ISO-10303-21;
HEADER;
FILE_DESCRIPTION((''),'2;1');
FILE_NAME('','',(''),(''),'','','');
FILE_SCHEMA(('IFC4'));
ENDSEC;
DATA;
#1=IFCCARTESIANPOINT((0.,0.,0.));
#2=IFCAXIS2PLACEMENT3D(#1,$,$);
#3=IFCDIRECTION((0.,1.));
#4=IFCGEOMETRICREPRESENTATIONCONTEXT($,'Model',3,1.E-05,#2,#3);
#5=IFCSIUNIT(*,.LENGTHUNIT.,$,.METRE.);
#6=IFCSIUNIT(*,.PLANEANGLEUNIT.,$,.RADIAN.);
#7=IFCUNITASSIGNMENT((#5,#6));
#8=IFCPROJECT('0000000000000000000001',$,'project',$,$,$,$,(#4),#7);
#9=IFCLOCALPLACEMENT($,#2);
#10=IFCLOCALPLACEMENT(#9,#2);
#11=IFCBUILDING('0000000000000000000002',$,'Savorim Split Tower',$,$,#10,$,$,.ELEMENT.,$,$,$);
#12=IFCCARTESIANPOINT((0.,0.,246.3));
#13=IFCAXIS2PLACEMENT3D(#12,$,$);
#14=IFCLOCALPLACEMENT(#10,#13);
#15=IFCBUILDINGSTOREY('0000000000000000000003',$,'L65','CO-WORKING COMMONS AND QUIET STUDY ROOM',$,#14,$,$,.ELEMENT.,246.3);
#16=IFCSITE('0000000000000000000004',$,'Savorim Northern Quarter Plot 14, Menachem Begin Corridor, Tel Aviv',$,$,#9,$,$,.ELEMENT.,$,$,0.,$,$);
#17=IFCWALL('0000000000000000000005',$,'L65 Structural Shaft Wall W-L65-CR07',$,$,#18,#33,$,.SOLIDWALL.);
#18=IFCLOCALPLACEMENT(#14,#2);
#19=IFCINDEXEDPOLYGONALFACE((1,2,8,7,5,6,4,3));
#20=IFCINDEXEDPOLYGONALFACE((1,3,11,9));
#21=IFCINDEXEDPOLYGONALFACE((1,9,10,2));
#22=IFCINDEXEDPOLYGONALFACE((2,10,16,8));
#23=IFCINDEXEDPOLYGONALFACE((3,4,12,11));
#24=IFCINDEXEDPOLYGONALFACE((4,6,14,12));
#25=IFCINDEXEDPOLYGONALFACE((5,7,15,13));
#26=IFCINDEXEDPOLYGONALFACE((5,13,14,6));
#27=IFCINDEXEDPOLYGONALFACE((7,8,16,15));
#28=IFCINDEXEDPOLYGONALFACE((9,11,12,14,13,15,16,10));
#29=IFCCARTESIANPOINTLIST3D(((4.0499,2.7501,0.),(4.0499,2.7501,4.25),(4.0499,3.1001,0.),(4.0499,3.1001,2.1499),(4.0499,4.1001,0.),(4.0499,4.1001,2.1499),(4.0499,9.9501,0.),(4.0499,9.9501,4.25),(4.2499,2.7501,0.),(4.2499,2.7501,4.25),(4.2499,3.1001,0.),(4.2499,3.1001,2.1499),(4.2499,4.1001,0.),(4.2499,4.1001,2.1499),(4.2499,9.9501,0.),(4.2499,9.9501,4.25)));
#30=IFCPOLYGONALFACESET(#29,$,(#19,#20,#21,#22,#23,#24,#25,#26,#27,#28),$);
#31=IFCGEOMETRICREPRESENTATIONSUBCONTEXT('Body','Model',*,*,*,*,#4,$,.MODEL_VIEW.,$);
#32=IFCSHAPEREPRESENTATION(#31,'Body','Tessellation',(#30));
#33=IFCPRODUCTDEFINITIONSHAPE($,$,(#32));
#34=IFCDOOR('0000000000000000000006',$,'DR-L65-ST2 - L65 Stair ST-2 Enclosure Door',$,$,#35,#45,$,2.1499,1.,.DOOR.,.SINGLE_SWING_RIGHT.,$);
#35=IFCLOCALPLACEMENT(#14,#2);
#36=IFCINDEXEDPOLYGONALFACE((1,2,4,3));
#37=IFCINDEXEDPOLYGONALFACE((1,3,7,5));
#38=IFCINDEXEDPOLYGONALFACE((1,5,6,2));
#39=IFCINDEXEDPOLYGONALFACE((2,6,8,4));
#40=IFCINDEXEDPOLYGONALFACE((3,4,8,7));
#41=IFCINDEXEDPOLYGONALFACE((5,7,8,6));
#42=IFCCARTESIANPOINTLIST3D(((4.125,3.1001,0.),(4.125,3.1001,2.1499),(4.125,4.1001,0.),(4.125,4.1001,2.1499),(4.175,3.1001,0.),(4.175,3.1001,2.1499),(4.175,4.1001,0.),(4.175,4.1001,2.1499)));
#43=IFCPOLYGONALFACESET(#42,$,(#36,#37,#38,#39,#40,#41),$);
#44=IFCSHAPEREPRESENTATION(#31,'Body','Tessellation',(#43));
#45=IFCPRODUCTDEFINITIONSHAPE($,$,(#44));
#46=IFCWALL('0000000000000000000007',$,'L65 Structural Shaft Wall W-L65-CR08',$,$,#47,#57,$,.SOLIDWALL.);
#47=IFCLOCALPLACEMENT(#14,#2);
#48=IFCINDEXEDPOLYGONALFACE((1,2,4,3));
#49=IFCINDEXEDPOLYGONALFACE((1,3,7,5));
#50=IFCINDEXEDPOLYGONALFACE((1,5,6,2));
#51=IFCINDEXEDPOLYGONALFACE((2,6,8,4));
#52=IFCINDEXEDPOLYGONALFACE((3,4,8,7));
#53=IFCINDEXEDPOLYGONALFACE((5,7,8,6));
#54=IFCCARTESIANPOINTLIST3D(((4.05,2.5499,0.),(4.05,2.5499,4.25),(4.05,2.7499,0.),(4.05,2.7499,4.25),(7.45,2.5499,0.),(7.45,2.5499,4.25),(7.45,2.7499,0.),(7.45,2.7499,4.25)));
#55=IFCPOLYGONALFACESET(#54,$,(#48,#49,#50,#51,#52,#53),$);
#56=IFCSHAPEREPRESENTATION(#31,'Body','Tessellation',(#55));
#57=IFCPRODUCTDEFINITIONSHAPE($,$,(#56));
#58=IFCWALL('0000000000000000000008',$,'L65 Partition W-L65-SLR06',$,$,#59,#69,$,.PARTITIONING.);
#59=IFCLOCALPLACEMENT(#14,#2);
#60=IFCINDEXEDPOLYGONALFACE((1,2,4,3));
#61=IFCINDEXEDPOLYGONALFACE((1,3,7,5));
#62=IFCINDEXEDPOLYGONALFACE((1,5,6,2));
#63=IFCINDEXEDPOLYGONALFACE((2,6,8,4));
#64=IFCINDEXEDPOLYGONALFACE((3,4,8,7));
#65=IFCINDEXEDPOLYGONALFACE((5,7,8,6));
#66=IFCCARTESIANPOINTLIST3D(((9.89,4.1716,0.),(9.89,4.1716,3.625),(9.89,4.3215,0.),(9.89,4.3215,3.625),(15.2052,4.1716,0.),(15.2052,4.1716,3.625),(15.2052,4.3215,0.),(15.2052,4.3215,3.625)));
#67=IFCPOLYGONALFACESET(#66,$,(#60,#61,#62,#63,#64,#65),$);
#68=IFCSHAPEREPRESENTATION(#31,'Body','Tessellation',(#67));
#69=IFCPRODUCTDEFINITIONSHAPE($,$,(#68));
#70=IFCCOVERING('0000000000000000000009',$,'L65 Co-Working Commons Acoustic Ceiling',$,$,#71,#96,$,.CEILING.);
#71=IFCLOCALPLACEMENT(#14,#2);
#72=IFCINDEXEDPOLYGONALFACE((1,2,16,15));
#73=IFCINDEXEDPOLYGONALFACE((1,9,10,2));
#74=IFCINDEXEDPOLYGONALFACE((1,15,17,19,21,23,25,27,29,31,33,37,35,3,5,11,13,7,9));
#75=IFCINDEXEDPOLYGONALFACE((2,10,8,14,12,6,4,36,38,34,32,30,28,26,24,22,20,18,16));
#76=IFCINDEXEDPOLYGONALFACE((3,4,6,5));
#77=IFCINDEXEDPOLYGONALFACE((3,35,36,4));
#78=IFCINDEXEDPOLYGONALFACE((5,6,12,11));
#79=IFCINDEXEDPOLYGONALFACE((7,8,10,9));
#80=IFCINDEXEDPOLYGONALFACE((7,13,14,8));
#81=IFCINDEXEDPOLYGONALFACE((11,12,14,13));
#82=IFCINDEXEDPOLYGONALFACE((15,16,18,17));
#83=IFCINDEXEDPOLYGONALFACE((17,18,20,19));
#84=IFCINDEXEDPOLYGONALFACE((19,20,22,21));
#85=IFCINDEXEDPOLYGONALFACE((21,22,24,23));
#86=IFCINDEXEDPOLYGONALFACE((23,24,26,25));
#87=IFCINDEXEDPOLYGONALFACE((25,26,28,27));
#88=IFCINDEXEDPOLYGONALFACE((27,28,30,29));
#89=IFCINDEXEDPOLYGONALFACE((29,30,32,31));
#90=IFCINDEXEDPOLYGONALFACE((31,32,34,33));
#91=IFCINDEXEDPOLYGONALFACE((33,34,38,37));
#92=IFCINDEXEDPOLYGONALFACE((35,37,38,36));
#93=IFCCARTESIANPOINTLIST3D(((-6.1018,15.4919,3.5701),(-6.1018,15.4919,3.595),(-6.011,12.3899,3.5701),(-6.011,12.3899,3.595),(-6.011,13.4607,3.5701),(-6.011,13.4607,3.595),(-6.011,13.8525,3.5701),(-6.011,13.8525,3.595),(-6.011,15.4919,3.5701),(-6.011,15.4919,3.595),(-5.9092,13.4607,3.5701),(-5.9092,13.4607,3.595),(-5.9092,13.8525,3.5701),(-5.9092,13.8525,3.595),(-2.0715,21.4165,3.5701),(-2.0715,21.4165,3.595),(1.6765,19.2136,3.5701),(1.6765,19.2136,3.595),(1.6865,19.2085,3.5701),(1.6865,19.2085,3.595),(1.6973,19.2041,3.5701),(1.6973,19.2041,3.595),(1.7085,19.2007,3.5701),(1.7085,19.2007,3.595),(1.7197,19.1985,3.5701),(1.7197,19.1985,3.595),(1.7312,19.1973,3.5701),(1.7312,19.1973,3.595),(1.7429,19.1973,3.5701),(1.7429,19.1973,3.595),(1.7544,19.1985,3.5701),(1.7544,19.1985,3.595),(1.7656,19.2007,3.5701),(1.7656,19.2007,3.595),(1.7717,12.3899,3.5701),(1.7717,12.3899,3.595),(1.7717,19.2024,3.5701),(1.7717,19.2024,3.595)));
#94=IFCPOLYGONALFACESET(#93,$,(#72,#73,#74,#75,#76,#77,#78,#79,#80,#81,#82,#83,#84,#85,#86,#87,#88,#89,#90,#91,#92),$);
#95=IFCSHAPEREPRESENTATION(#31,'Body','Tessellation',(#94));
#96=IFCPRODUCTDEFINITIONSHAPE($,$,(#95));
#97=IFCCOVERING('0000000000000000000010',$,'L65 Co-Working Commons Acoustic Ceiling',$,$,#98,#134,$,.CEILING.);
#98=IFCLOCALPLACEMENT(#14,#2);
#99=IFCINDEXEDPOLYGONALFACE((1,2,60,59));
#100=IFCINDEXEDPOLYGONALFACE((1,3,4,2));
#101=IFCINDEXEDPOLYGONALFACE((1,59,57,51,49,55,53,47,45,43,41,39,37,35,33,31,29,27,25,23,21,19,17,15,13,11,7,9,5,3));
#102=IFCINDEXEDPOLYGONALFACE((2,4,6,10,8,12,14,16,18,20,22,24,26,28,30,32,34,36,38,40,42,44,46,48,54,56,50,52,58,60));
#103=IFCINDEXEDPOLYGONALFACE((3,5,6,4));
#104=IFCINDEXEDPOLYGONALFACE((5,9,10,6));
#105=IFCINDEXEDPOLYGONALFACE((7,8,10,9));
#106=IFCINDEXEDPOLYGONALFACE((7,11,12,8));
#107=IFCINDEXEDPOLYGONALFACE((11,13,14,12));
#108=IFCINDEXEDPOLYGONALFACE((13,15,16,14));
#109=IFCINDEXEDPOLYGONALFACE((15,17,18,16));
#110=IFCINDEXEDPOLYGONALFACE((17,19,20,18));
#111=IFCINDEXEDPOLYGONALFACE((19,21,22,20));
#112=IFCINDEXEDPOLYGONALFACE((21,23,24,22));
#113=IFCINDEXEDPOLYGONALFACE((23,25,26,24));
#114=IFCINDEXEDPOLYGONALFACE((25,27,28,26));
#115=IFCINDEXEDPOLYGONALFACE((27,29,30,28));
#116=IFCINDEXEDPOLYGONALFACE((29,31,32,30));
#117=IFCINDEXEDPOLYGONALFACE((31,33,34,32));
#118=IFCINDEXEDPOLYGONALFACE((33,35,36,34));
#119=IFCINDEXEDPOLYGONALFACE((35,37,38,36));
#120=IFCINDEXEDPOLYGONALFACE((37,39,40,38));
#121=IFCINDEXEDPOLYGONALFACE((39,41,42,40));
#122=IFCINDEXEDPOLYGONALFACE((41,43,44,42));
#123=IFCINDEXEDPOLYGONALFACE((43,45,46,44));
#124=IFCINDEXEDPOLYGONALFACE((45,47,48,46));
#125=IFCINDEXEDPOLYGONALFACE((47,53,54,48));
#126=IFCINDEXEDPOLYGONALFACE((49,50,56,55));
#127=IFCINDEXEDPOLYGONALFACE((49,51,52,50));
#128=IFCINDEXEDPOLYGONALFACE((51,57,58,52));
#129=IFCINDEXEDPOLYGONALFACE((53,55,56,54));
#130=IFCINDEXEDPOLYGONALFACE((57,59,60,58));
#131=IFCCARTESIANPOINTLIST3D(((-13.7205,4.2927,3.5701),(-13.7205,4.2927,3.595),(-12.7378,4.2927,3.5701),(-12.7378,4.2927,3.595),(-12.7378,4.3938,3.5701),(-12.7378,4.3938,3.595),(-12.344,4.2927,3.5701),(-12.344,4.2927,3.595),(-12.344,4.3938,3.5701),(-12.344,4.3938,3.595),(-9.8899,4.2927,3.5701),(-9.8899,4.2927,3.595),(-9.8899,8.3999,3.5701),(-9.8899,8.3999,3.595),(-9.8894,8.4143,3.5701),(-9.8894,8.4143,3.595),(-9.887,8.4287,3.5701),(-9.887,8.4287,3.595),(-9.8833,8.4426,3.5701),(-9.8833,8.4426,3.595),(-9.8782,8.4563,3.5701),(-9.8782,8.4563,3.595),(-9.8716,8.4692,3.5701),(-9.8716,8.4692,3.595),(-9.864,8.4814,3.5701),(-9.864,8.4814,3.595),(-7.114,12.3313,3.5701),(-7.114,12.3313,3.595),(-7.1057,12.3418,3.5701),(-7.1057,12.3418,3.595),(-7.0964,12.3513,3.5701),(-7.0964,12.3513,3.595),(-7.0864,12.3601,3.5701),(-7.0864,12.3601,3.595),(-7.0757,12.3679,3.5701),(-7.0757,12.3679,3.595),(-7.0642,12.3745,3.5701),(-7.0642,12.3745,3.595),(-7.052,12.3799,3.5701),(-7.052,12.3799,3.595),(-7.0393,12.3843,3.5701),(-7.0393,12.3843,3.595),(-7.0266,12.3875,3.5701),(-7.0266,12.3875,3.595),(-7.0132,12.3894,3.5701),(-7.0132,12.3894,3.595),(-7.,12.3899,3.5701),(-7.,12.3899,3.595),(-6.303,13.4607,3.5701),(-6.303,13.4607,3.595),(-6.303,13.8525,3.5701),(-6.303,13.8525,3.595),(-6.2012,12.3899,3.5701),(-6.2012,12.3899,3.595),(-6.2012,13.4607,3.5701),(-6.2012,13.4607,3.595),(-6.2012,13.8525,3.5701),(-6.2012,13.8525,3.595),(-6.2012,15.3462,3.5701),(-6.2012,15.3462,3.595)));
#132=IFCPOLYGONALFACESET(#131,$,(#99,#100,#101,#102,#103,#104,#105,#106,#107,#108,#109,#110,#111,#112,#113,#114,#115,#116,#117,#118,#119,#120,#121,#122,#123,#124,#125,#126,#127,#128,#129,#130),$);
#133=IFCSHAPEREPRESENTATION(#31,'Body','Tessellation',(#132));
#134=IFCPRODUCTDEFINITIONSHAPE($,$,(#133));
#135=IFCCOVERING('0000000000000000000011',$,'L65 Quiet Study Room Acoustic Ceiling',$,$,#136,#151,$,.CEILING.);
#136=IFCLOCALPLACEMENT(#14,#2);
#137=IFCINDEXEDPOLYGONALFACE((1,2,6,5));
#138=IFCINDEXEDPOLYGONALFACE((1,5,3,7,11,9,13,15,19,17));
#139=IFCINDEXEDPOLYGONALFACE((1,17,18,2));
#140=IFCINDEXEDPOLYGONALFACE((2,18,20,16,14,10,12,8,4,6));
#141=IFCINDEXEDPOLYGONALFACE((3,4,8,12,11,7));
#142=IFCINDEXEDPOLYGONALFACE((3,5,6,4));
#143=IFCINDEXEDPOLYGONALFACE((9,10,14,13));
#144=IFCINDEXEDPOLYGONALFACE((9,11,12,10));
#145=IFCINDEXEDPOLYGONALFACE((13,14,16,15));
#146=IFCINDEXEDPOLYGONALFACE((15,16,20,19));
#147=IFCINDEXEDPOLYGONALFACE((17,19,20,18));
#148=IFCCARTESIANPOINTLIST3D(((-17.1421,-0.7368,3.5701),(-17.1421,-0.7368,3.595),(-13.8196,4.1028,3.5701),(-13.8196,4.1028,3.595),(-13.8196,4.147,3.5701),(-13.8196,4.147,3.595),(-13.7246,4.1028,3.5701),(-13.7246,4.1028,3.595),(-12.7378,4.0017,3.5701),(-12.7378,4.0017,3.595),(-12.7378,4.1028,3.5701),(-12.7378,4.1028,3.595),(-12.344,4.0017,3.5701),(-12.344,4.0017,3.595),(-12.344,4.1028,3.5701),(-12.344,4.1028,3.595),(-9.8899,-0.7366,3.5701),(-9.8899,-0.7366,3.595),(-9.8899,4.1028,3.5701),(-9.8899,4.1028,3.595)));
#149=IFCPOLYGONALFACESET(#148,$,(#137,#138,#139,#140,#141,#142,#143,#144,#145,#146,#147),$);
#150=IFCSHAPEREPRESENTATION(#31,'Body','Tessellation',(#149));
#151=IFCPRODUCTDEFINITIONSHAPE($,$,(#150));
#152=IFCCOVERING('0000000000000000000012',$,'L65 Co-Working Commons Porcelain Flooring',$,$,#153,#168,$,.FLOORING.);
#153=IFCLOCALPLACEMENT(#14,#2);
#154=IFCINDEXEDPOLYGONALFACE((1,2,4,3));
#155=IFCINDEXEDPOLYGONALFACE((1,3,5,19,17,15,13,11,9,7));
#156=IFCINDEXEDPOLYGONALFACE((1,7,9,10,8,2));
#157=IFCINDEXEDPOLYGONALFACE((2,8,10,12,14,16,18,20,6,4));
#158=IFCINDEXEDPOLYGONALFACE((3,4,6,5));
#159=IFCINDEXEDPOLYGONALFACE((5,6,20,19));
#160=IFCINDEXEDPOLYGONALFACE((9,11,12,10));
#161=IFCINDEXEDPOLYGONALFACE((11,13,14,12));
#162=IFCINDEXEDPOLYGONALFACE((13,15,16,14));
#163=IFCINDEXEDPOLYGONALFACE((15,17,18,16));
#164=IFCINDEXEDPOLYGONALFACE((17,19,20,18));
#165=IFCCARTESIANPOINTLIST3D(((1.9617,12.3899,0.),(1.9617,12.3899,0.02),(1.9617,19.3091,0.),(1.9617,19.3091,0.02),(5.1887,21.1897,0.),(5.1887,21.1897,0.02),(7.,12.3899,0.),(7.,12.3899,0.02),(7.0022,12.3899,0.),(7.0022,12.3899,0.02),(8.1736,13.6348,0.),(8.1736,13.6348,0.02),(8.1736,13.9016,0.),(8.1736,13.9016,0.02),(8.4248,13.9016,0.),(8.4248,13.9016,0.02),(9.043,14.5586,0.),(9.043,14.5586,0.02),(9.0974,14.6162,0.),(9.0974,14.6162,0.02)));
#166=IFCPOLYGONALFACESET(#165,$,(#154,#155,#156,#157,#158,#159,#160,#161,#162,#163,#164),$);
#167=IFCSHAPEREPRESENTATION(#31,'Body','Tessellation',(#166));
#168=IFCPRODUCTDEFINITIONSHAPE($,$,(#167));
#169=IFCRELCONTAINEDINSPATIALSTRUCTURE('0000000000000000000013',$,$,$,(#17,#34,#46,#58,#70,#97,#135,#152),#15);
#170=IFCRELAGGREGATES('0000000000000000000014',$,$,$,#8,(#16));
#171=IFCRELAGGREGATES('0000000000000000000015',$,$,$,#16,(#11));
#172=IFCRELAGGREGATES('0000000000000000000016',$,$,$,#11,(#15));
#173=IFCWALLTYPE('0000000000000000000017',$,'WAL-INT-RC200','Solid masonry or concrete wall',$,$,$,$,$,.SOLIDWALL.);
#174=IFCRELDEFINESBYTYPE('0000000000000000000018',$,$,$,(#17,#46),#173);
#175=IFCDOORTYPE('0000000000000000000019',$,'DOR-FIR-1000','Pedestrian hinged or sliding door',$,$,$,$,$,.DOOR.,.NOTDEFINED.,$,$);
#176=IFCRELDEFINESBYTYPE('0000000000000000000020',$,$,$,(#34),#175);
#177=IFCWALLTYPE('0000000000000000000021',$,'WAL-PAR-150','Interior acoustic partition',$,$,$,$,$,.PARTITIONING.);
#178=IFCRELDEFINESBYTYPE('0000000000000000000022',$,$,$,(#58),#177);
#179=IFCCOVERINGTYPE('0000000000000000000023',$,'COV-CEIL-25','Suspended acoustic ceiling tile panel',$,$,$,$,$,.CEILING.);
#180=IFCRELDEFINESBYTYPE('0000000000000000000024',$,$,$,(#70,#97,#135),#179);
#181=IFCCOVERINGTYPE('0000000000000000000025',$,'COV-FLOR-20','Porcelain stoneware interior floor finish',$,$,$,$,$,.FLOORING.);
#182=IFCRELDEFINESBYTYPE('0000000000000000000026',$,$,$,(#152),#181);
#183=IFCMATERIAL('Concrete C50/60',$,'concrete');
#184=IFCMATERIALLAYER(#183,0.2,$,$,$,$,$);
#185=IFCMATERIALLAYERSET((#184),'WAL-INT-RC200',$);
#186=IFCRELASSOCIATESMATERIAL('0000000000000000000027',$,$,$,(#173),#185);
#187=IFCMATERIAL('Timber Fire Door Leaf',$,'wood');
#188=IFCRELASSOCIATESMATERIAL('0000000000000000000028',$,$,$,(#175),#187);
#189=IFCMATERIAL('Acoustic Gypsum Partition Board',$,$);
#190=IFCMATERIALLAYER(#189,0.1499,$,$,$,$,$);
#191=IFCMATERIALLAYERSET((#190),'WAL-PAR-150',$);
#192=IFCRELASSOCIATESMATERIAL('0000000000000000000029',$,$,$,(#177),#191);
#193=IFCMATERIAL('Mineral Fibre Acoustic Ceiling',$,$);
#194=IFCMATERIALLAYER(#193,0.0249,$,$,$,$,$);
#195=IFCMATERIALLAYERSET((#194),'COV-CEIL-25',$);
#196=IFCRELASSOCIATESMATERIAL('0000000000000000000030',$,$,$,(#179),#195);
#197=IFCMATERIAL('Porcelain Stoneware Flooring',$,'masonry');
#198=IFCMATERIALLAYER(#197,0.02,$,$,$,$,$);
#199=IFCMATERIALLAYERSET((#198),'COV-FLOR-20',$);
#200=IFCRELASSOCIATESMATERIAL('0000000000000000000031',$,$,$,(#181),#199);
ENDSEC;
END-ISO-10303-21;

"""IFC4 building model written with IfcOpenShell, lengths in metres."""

from ifc_helpers import new_model, si_unit, direction, frame, frame_2d, origin, place, context, subcontext, project, spatial, polyline, rectangle, outline, extrude, material, layer, layer_set, type_object, element, fill, save


model = new_model("IFC4")

# Units and contexts
model_context = context("Model", 3, precision=1e-05, world=origin(), true_north=direction((0.0, 1.0)))
body_context = subcontext(model_context, "Body", "Model", "MODEL_VIEW")
ifc_project = project(units=[si_unit("LENGTHUNIT", "METRE"), si_unit("PLANEANGLEUNIT", "RADIAN")], contexts=[model_context])

# Site, building, storey
site_placement = place(None, origin())
site = spatial("IfcSite", under=ifc_project, at=site_placement, Name="Savorim Northern Quarter Plot 14, Menachem Begin Corridor, Tel Aviv", CompositionType="ELEMENT", RefElevation=0.0)
building_placement = place(site_placement, origin())
building = spatial("IfcBuilding", under=site, at=building_placement, Name="Savorim Split Tower", CompositionType="ELEMENT")
storey_placement = place(building_placement, frame((0.0, 0.0, 246.3)))
storey = spatial("IfcBuildingStorey", under=building, at=storey_placement, Name="L65", Description="CO-WORKING COMMONS AND QUIET STUDY ROOM", CompositionType="ELEMENT", Elevation=246.3)

# Wall, opening, door
ifc_material_1 = material(Name="Concrete C50/60", Category="concrete")
ifc_layer_1 = layer(ifc_material_1, 0.2)
ifc_layer_set_1 = layer_set([ifc_layer_1], Name="WAL-INT-RC200")
wall_type_1 = type_object("IfcWallType", Name="WAL-INT-RC200", Description="Solid masonry or concrete wall", PredefinedType="SOLIDWALL", material=ifc_layer_set_1)
wall_1_placement = place(storey_placement, frame((4.1499, 2.75, 0.0), z_axis=(0.0, 0.0, 1.0), x_axis=(0.0, 1.0, 0.0)))
wall_1 = element("IfcWall", 1, at=wall_1_placement, inside=storey, type_object=wall_type_1, Name="L65 Structural Shaft Wall W-L65-CR07", PredefinedType="SOLIDWALL", context=body_context, shape_type="SweptSolid", body=[
    extrude(rectangle(XDim=7.2, YDim=0.2, at=frame_2d((3.6001, 0.0))), origin(), (0.0, 0.0, 1.0), 4.25),
])
opening_1_placement = place(wall_1_placement, frame((0.3501, 0.0, 0.0)))
opening_1 = element("IfcOpeningElement", 2, at=opening_1_placement, cuts=wall_1, PredefinedType="OPENING", context=body_context, shape_type="SweptSolid", body=[
    extrude(rectangle(XDim=1.0, YDim=2.1499, at=frame_2d((0.5, 1.075))), frame((0.0, 0.1099, 0.0), z_axis=(0.0, -1.0, 0.0), x_axis=(1.0, 0.0, 0.0)), (0.0, 0.0, 1.0), 0.22),
])
ifc_material_2 = material(Name="Timber Fire Door Leaf", Category="wood")
door_type_1 = type_object("IfcDoorType", Name="DOR-FIR-1000", Description="Pedestrian hinged or sliding door", OperationType="NOTDEFINED", PredefinedType="DOOR", material=ifc_material_2)
door_1_placement = place(opening_1_placement, origin())
door_1 = element("IfcDoor", 3, at=door_1_placement, inside=storey, type_object=door_type_1, Name="DR-L65-ST2 - L65 Stair ST-2 Enclosure Door", OperationType="SINGLE_SWING_RIGHT", OverallHeight=2.1499, OverallWidth=1.0, PredefinedType="DOOR", context=body_context, shape_type="SweptSolid", body=[
    extrude(rectangle(XDim=1.0, YDim=2.1499, at=frame_2d((0.5, 1.075))), frame((0.0, 0.0249, 0.0), z_axis=(0.0, -1.0, 0.0), x_axis=(1.0, 0.0, 0.0)), (0.0, 0.0, 1.0), 0.05),
])
fill(opening_1, door_1)

# Wall
wall_2_placement = place(storey_placement, frame((4.05, 2.6499, 0.0), z_axis=(0.0, 0.0, 1.0), x_axis=(1.0, 0.0, 0.0)))
element("IfcWall", 4, at=wall_2_placement, inside=storey, type_object=wall_type_1, Name="L65 Structural Shaft Wall W-L65-CR08", PredefinedType="SOLIDWALL", context=body_context, shape_type="SweptSolid", body=[
    extrude(rectangle(XDim=3.3999, YDim=0.2, at=frame_2d((1.7, 0.0))), origin(), (0.0, 0.0, 1.0), 4.25),
])

# Wall
ifc_material_3 = material(Name="Acoustic Gypsum Partition Board")
ifc_layer_2 = layer(ifc_material_3, 0.1499)
ifc_layer_set_2 = layer_set([ifc_layer_2], Name="WAL-PAR-150")
wall_type_2 = type_object("IfcWallType", Name="WAL-PAR-150", Description="Interior acoustic partition", PredefinedType="PARTITIONING", material=ifc_layer_set_2)
wall_3_placement = place(storey_placement, frame((9.8899, 4.2466, 0.0), z_axis=(0.0, 0.0, 1.0), x_axis=(1.0, 0.0, 0.0)))
element("IfcWall", 5, at=wall_3_placement, inside=storey, type_object=wall_type_2, Name="L65 Partition W-L65-SLR06", PredefinedType="PARTITIONING", context=body_context, shape_type="SweptSolid", body=[
    extrude(rectangle(XDim=5.3152, YDim=0.1499, at=frame_2d((2.6577, 0.0))), origin(), (0.0, 0.0, 1.0), 3.625),
])

# Coverings
ifc_material_4 = material(Name="Mineral Fibre Acoustic Ceiling")
ifc_layer_3 = layer(ifc_material_4, 0.0249)
ifc_layer_set_3 = layer_set([ifc_layer_3], Name="COV-CEIL-25")
covering_type_1 = type_object("IfcCoveringType", Name="COV-CEIL-25", Description="Suspended acoustic ceiling tile panel", PredefinedType="CEILING", material=ifc_layer_set_3)
covering_1_placement = place(storey_placement, frame((0.0, 0.0, 3.5701)))
element("IfcCovering", 6, at=covering_1_placement, inside=storey, type_object=covering_type_1, Name="L65 Co-Working Commons Acoustic Ceiling", PredefinedType="CEILING", context=body_context, shape_type="SweptSolid", body=[
    extrude(outline(polyline([(1.6973, 19.2041), (1.6865, 19.2085), (1.6765, 19.2136), (-2.0715, 21.4165), (-6.1018, 15.4919), (-6.011, 15.4919), (-6.011, 13.8525), (-5.9092, 13.8525), (-5.9092, 13.4607), (-6.011, 13.4607), (-6.011, 12.3899), (1.7717, 12.3899), (1.7717, 19.2024), (1.7656, 19.2007), (1.7544, 19.1985), (1.7429, 19.1973), (1.7312, 19.1973), (1.7197, 19.1985), (1.7085, 19.2007), (1.6973, 19.2041)])), origin(), (0.0, 0.0, 1.0), 0.0249),
])
covering_2_placement = place(storey_placement, frame((0.0, 0.0, 3.5701)))
element("IfcCovering", 7, at=covering_2_placement, inside=storey, type_object=covering_type_1, Name="L65 Co-Working Commons Acoustic Ceiling", PredefinedType="CEILING", context=body_context, shape_type="SweptSolid", body=[
    extrude(outline(polyline([(-7.0132, 12.3894), (-7.0, 12.3899), (-6.2012, 12.3899), (-6.2012, 13.4607), (-6.303, 13.4607), (-6.303, 13.8525), (-6.2012, 13.8525), (-6.2012, 15.3462), (-13.7205, 4.2927), (-12.7378, 4.2927), (-12.7378, 4.3938), (-12.344, 4.3938), (-12.344, 4.2927), (-9.8899, 4.2927), (-9.8899, 8.3999), (-9.8894, 8.4143), (-9.887, 8.4287), (-9.8833, 8.4426), (-9.8782, 8.4563), (-9.8716, 8.4692), (-9.864, 8.4814), (-7.114, 12.3313), (-7.1057, 12.3418), (-7.0964, 12.3513), (-7.0864, 12.3601), (-7.0757, 12.3679), (-7.0642, 12.3745), (-7.052, 12.3799), (-7.0393, 12.3843), (-7.0266, 12.3875), (-7.0132, 12.3894)])), origin(), (0.0, 0.0, 1.0), 0.0249),
])
covering_3_placement = place(storey_placement, frame((0.0, 0.0, 3.5701)))
element("IfcCovering", 8, at=covering_3_placement, inside=storey, type_object=covering_type_1, Name="L65 Quiet Study Room Acoustic Ceiling", PredefinedType="CEILING", context=body_context, shape_type="SweptSolid", body=[
    extrude(outline(polyline([(-12.7378, 4.1028), (-13.7246, 4.1028), (-13.8196, 4.1028), (-13.8196, 4.147), (-17.1421, -0.7368), (-9.8899, -0.7366), (-9.8899, 4.1028), (-12.344, 4.1028), (-12.344, 4.0017), (-12.7378, 4.0017), (-12.7378, 4.1028)])), origin(), (0.0, 0.0, 1.0), 0.0249),
])
ifc_material_5 = material(Name="Porcelain Stoneware Flooring", Category="masonry")
ifc_layer_4 = layer(ifc_material_5, 0.02)
ifc_layer_set_4 = layer_set([ifc_layer_4], Name="COV-FLOR-20")
covering_type_2 = type_object("IfcCoveringType", Name="COV-FLOR-20", Description="Porcelain stoneware interior floor finish", PredefinedType="FLOORING", material=ifc_layer_set_4)
covering_4_placement = place(storey_placement, origin())
element("IfcCovering", 9, at=covering_4_placement, inside=storey, type_object=covering_type_2, Name="L65 Co-Working Commons Porcelain Flooring", PredefinedType="FLOORING", context=body_context, shape_type="SweptSolid", body=[
    extrude(outline(polyline([(9.043, 14.5586), (9.0974, 14.6162), (5.1887, 21.1897), (1.9617, 19.3091), (1.9617, 12.3899), (7.0, 12.3899), (7.0022, 12.3899), (8.1736, 13.6348), (8.1736, 13.9016), (8.4248, 13.9016), (9.043, 14.5586)])), origin(), (0.0, 0.0, 1.0), 0.02),
])

save(model, "model.ifc")
